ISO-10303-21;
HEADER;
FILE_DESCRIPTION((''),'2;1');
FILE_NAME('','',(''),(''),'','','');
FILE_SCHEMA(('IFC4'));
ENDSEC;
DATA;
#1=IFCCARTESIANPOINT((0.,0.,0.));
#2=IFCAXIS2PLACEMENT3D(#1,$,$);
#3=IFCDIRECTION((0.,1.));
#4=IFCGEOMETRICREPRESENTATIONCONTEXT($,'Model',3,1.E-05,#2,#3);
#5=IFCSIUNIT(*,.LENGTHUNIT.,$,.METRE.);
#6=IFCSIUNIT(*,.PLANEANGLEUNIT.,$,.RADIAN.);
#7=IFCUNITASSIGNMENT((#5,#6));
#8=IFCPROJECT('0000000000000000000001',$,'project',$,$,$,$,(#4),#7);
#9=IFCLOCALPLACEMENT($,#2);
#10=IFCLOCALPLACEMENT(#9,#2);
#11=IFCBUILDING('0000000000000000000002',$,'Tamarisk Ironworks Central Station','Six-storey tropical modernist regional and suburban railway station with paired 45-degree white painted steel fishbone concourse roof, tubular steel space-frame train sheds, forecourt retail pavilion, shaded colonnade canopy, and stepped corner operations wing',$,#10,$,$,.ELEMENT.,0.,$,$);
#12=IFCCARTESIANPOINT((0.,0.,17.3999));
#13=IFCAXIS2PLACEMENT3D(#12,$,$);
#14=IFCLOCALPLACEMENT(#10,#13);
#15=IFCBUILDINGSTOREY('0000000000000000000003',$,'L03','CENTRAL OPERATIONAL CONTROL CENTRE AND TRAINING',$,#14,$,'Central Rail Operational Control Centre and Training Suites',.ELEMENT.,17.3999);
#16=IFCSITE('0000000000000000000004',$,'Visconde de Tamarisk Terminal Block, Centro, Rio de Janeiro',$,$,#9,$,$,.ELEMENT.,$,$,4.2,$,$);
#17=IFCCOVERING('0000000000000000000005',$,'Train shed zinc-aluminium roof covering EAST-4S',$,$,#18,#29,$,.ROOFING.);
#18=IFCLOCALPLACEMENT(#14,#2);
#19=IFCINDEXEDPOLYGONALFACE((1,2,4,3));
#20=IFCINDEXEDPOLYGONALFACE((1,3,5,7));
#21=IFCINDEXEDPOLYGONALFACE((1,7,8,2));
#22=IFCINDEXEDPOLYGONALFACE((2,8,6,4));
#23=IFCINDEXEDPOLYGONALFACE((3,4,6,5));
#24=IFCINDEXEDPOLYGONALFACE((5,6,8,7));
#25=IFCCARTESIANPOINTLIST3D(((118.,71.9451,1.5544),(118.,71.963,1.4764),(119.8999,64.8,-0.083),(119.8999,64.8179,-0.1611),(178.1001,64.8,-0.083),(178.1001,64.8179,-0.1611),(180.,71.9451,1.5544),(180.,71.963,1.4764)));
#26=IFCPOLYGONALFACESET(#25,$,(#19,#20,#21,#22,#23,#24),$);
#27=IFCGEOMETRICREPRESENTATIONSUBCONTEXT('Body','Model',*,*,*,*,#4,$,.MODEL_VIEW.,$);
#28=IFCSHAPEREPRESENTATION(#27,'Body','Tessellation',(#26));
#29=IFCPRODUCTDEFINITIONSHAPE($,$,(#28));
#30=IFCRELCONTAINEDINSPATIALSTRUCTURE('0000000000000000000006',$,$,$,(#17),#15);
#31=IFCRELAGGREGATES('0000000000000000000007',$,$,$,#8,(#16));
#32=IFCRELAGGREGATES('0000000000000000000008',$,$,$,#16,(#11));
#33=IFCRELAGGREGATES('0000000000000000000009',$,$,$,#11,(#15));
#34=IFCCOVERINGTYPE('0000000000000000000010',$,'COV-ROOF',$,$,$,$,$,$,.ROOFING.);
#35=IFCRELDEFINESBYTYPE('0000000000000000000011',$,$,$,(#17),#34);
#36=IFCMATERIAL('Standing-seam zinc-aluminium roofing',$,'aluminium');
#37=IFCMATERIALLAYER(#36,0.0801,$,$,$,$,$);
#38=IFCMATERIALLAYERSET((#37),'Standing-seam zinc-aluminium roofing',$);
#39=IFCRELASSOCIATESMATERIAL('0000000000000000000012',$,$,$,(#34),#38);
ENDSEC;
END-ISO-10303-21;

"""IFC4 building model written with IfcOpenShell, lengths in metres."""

from ifc_helpers import new_model, si_unit, direction, frame, origin, place, context, subcontext, project, spatial, polyline, outline, extrude, material, layer, layer_set, type_object, element, save


model = new_model("IFC4")

# Units and contexts
model_context = context("Model", 3, precision=1e-05, world=origin(), true_north=direction((0.0, 1.0)))
body_context = subcontext(model_context, "Body", "Model", "MODEL_VIEW")
ifc_project = project(units=[si_unit("LENGTHUNIT", "METRE"), si_unit("PLANEANGLEUNIT", "RADIAN")], contexts=[model_context])

# Site, building, storey
site_placement = place(None, origin())
site = spatial("IfcSite", under=ifc_project, at=site_placement, Name="Visconde de Tamarisk Terminal Block, Centro, Rio de Janeiro", CompositionType="ELEMENT", RefElevation=4.2)
building_placement = place(site_placement, origin())
building = spatial("IfcBuilding", under=site, at=building_placement, Name="Tamarisk Ironworks Central Station", Description="Six-storey tropical modernist regional and suburban railway station with paired 45-degree white painted steel fishbone concourse roof, tubular steel space-frame train sheds, forecourt retail pavilion, shaded colonnade canopy, and stepped corner operations wing", CompositionType="ELEMENT", ElevationOfRefHeight=0.0)
storey_placement = place(building_placement, frame((0.0, 0.0, 17.3999)))
storey = spatial("IfcBuildingStorey", under=building, at=storey_placement, Name="L03", Description="CENTRAL OPERATIONAL CONTROL CENTRE AND TRAINING", LongName="Central Rail Operational Control Centre and Training Suites", CompositionType="ELEMENT", Elevation=17.3999)

# Covering
ifc_material_1 = material(Name="Standing-seam zinc-aluminium roofing", Category="aluminium")
ifc_layer_1 = layer(ifc_material_1, 0.0801)
ifc_layer_set_1 = layer_set([ifc_layer_1], Name="Standing-seam zinc-aluminium roofing")
covering_type = type_object("IfcCoveringType", Name="COV-ROOF", PredefinedType="ROOFING", material=ifc_layer_set_1)
covering_placement = place(storey_placement, frame((119.8999, 64.8, -0.083), z_axis=(0.0, -0.223383, 0.974731), x_axis=(1.0, 0.0, 0.0)))
element("IfcCovering", 1, at=covering_placement, inside=storey, type_object=covering_type, Name="Train shed zinc-aluminium roof covering EAST-4S", PredefinedType="ROOFING", context=body_context, shape_type="SweptSolid", body=[
    extrude(outline(polyline([(0.0, 0.0), (58.2002, 0.0), (60.1001, 7.3302), (-1.8999, 7.3302), (0.0, 0.0)])), origin(), (0.0, 0.0, -1.0), 0.0801),
])

save(model, "model.ifc")
